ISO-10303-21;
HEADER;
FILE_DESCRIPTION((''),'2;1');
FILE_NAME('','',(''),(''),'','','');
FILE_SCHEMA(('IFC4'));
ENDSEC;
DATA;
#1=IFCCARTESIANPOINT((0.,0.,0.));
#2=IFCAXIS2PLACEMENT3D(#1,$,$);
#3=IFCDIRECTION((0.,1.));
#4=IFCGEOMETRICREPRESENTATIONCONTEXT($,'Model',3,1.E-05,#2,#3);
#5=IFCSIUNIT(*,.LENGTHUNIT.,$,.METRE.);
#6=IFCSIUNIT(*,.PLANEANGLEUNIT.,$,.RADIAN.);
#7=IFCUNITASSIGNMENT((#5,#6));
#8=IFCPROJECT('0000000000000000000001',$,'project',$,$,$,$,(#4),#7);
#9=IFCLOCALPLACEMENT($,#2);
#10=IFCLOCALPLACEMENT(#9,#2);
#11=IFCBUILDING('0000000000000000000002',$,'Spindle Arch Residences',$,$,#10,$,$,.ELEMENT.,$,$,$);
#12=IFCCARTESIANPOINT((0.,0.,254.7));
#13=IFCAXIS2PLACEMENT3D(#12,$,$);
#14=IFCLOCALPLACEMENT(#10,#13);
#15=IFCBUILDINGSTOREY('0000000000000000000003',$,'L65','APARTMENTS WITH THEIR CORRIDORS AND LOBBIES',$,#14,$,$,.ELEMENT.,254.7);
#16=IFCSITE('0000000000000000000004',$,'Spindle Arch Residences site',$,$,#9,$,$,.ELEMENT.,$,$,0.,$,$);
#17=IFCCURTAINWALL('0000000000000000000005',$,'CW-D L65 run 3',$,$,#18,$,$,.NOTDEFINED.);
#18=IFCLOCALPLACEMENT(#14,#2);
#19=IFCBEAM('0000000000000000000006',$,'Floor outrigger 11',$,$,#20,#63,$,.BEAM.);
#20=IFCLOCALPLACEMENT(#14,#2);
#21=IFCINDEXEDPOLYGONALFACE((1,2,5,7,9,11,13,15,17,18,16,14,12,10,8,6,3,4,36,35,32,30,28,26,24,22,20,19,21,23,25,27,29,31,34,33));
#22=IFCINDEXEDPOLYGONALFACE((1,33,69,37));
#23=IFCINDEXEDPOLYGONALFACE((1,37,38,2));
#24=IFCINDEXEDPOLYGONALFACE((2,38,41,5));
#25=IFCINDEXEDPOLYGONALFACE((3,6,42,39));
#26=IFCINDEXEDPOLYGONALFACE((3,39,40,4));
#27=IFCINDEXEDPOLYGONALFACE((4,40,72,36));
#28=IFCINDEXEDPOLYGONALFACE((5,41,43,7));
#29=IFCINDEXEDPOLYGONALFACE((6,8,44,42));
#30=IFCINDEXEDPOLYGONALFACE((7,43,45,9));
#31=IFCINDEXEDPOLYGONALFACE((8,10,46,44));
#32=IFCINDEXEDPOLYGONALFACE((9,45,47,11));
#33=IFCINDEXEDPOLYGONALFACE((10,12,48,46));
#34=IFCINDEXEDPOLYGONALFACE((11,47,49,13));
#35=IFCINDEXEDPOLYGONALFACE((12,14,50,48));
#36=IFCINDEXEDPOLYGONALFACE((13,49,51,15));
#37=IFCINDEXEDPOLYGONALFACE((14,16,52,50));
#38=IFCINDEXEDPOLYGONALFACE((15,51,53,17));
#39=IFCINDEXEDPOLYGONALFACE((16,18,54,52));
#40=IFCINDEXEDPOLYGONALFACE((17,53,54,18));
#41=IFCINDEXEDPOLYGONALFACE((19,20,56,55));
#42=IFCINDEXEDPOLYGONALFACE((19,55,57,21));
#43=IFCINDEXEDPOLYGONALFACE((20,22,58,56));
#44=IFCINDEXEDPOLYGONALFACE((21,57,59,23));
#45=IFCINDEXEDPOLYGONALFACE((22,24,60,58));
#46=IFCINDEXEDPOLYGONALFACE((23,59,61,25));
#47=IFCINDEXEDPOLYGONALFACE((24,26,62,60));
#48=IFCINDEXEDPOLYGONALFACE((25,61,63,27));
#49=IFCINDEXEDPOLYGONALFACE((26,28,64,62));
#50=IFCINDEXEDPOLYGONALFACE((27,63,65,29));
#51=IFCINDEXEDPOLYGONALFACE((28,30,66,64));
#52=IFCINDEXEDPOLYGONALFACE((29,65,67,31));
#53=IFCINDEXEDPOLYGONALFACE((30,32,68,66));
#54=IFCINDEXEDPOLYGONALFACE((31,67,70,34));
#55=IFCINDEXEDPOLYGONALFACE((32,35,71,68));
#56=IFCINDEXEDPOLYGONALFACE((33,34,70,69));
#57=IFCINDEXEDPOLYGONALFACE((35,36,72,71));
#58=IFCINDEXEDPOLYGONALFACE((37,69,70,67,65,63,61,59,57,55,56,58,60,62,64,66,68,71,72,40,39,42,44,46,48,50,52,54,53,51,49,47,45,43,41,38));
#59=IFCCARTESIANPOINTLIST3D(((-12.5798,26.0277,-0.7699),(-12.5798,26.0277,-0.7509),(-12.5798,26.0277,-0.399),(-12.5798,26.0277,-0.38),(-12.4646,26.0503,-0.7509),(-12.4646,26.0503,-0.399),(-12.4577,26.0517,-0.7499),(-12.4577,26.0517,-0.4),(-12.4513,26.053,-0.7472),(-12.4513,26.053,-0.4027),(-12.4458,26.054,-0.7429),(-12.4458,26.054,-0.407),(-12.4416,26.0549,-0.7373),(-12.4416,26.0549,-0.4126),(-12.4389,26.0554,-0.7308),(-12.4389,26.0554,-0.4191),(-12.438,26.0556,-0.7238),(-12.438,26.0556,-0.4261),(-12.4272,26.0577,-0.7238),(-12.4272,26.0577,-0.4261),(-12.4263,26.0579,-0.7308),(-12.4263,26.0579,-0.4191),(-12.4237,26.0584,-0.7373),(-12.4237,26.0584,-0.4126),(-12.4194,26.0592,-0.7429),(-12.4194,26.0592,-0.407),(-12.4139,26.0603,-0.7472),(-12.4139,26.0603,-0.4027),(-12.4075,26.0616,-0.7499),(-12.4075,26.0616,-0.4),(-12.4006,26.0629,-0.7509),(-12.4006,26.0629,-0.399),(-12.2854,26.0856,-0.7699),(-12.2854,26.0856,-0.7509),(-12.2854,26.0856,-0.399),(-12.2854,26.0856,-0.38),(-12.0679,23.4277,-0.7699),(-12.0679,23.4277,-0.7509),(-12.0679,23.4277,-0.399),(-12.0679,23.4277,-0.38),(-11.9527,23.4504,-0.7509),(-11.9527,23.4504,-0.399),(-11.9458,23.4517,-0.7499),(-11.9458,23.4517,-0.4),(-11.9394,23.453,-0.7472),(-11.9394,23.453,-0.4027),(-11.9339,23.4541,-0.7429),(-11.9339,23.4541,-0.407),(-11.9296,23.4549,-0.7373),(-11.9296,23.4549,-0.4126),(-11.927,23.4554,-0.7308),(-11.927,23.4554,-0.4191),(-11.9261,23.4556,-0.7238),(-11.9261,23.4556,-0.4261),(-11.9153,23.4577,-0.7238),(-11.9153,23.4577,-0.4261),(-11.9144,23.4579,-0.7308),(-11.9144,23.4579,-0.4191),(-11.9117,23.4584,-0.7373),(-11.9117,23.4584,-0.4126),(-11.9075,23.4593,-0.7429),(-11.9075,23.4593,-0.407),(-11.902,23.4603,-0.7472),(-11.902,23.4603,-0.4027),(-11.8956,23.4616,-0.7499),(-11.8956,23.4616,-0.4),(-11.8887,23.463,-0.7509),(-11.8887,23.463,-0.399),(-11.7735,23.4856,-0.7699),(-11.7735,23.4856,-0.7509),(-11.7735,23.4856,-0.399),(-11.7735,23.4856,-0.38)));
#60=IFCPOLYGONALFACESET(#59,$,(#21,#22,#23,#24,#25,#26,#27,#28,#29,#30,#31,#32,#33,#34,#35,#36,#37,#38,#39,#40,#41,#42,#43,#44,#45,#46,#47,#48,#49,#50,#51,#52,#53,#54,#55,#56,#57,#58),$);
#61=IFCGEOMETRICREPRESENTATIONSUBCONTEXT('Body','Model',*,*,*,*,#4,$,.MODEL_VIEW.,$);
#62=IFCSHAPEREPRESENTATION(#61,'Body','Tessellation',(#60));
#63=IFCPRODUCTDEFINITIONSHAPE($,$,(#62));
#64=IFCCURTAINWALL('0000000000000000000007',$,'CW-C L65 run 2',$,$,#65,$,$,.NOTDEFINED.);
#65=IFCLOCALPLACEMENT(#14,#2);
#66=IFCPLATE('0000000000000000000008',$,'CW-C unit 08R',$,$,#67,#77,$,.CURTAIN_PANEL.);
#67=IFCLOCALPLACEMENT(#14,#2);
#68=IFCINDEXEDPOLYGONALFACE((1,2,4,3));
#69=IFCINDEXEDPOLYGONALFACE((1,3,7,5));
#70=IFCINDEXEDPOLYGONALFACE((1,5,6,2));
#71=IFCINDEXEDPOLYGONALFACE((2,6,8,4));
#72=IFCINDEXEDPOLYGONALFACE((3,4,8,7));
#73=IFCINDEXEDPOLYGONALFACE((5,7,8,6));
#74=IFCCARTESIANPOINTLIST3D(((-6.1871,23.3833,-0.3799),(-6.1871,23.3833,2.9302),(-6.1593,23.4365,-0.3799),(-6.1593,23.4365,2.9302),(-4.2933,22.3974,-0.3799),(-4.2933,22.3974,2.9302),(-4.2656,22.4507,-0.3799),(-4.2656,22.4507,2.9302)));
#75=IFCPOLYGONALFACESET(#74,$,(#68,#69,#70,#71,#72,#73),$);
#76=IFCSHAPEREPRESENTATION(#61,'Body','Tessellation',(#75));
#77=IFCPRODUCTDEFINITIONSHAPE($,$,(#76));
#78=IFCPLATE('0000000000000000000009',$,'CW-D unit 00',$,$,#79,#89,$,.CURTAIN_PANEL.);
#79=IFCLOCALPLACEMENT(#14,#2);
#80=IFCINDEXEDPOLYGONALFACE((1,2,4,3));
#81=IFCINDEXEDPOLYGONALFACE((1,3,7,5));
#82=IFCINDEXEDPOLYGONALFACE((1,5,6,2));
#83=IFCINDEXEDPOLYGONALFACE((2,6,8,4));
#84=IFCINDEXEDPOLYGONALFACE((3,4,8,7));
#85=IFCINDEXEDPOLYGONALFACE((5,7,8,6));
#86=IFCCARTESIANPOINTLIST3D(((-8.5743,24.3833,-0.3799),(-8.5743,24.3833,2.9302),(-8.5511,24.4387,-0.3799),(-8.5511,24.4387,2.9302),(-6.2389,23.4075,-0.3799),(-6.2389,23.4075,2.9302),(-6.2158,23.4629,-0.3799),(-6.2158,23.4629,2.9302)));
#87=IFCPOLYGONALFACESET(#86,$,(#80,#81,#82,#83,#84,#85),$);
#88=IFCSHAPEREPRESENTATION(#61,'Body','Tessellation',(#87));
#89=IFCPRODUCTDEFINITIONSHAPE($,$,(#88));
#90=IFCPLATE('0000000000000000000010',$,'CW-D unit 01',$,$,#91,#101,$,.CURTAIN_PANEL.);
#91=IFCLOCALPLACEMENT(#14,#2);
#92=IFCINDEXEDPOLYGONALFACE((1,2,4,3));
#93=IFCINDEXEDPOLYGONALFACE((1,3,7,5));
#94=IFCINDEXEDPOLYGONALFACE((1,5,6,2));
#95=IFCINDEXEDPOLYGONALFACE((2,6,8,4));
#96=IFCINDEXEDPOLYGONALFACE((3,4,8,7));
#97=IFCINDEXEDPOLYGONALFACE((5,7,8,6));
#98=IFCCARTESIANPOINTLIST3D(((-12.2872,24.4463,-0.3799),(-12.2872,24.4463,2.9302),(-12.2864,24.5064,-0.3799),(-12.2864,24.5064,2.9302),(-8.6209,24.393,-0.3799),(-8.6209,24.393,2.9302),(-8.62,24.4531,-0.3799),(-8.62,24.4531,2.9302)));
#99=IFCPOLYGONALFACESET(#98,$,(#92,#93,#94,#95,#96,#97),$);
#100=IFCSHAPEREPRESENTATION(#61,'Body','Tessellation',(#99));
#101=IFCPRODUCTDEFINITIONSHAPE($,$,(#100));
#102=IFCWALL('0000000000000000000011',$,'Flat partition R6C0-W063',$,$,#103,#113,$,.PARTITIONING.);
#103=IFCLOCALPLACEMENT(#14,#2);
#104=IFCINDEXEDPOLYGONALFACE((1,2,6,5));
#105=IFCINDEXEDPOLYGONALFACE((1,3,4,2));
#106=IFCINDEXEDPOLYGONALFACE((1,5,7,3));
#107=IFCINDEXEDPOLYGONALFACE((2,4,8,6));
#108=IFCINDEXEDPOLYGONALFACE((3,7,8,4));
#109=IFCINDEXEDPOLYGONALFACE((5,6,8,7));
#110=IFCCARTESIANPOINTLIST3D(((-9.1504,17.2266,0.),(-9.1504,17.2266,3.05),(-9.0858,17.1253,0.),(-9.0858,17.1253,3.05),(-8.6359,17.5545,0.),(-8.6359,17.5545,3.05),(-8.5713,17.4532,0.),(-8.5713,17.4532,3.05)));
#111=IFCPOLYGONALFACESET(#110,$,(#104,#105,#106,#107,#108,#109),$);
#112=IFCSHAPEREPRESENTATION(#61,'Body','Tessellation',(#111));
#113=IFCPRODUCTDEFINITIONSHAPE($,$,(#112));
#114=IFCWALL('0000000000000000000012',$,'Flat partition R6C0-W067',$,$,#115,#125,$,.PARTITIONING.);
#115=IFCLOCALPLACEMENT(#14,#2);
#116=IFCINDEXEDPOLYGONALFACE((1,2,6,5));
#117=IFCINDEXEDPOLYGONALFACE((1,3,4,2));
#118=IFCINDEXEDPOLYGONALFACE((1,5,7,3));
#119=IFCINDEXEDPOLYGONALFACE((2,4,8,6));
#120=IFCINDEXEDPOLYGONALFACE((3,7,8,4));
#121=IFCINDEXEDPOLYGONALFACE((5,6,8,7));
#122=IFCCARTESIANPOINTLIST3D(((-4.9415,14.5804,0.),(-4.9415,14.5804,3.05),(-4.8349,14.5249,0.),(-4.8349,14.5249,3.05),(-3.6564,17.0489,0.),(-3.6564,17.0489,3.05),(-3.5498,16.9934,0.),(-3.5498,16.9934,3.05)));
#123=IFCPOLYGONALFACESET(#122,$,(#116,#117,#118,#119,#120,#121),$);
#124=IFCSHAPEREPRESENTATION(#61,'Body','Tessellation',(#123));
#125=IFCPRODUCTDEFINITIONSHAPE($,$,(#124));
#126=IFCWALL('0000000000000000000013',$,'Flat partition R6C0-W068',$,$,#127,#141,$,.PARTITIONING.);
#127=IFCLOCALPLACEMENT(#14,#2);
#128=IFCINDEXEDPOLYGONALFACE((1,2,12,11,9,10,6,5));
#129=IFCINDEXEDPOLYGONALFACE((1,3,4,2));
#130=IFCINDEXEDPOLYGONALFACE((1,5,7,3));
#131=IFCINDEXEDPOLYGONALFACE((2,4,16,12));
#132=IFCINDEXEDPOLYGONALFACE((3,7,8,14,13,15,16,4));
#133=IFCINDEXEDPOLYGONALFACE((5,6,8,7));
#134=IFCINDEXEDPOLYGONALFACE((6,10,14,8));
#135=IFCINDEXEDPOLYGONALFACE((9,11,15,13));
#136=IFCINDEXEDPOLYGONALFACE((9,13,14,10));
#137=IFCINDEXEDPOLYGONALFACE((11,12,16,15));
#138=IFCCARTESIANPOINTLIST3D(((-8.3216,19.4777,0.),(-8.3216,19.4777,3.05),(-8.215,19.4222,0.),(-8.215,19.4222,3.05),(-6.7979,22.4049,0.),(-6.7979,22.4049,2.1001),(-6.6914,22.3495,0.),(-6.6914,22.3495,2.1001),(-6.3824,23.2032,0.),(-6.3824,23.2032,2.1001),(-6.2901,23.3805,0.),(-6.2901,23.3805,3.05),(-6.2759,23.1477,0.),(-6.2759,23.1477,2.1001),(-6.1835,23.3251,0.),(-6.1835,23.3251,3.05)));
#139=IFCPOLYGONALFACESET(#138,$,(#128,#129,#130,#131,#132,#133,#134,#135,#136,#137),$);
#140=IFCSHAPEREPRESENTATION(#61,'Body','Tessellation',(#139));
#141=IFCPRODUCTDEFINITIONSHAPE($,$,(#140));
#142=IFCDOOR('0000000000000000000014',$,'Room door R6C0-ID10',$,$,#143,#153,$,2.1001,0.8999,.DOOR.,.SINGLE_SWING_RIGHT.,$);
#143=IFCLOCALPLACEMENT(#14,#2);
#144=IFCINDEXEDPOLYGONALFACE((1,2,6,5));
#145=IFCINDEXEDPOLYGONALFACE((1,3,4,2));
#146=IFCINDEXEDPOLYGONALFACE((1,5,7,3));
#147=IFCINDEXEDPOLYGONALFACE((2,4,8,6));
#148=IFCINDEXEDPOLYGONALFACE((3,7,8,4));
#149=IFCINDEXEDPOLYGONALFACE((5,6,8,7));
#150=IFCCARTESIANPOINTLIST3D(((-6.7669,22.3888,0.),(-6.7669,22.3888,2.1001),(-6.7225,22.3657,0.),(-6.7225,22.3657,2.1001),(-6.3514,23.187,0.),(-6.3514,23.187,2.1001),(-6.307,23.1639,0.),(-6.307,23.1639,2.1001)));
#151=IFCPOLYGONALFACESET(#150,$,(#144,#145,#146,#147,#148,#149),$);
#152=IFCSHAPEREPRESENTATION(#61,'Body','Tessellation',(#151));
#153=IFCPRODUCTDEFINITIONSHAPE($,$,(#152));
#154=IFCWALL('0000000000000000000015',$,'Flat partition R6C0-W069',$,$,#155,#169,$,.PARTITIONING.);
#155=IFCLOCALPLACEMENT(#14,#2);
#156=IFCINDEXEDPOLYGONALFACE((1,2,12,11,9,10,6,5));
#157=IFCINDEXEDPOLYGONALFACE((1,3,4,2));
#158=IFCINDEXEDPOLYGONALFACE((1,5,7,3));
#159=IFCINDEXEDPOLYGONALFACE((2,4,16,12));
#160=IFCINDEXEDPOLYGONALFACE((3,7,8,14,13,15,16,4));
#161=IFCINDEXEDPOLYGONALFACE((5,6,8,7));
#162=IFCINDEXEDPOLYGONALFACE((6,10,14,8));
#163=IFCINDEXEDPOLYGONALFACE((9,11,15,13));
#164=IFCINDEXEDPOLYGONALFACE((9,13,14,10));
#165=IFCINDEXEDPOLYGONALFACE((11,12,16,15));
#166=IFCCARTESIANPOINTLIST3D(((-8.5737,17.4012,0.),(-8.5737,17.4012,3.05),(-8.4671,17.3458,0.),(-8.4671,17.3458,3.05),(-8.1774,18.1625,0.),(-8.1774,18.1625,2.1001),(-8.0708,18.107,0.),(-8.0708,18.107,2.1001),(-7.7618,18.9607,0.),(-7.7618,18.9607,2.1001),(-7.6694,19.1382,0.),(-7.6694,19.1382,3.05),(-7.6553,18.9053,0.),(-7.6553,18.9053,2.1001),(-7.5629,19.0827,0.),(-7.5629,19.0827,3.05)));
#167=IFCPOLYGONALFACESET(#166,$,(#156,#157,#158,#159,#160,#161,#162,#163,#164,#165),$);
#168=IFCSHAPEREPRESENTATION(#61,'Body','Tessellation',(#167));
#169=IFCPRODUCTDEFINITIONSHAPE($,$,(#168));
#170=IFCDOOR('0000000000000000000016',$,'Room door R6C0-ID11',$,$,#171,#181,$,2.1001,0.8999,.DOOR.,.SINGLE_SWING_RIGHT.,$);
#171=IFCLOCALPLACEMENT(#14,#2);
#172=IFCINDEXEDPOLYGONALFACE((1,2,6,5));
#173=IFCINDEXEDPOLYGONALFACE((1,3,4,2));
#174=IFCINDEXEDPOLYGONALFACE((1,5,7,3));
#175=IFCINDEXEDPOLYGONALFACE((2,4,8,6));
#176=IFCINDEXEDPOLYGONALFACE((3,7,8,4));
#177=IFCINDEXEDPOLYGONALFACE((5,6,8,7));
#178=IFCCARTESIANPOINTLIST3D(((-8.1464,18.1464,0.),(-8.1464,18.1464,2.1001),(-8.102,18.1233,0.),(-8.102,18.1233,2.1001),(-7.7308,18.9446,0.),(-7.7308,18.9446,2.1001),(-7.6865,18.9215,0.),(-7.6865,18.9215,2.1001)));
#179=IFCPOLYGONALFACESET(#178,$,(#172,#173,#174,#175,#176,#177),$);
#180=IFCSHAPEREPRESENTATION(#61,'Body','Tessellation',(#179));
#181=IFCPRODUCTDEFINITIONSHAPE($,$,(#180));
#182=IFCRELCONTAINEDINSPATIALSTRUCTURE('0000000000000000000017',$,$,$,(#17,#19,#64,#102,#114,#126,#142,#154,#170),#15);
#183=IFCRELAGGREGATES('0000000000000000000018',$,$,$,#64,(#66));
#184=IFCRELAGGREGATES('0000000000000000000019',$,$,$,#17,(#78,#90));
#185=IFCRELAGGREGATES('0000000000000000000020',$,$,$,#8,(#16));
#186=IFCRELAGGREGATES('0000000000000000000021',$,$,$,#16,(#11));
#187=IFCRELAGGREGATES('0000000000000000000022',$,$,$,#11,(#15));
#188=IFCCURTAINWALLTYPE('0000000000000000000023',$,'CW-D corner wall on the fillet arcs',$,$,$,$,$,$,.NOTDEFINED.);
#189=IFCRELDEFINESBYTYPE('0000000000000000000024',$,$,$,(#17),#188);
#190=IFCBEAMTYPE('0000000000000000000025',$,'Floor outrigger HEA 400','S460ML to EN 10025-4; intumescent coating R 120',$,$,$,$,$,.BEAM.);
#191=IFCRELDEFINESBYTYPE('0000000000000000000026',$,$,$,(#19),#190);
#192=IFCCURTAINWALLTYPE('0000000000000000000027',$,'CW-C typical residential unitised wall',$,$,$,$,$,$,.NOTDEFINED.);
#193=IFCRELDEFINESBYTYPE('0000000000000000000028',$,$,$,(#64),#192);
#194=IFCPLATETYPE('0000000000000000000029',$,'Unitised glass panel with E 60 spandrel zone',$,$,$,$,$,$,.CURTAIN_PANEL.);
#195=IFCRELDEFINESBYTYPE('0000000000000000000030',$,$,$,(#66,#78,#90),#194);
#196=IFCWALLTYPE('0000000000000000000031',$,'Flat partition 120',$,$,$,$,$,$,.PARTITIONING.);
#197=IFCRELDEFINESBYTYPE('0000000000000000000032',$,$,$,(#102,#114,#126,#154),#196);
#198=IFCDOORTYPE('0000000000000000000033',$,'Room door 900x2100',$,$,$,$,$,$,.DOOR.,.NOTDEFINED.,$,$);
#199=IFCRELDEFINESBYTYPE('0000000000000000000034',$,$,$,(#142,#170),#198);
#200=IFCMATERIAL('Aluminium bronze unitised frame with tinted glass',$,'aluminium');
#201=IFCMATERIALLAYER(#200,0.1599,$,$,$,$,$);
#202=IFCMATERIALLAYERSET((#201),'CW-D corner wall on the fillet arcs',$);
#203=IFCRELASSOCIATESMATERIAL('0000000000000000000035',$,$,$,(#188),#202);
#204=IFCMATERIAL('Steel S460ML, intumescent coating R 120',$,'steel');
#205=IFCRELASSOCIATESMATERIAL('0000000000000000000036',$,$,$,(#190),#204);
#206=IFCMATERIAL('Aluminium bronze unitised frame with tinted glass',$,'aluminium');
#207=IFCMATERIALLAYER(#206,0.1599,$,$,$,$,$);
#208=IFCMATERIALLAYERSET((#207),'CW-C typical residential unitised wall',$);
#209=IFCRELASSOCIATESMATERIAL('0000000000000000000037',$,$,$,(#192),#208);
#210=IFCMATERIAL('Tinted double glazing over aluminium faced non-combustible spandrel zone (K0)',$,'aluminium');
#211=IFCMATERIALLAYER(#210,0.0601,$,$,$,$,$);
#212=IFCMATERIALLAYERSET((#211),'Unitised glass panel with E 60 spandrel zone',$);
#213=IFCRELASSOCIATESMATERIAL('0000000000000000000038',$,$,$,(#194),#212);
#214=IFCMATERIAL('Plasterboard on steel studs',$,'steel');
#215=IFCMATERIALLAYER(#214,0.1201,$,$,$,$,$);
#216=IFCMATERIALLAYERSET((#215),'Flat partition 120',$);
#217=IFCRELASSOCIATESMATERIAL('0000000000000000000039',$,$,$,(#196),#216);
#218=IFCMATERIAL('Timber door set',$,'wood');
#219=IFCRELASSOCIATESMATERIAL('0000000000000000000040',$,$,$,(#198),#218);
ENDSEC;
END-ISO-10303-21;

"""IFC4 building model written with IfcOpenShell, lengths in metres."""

from ifc_helpers import new_model, si_unit, direction, frame, frame_2d, origin, origin_2d, place, context, subcontext, project, spatial, rectangle, i_section, extrude, material, layer, layer_set, material_profile, profile_set, type_object, element, fill, aggregate, save


model = new_model("IFC4")

# Units and contexts
model_context = context("Model", 3, precision=1e-05, world=origin(), true_north=direction((0.0, 1.0)))
body_context = subcontext(model_context, "Body", "Model", "MODEL_VIEW")
ifc_project = project(units=[si_unit("LENGTHUNIT", "METRE"), si_unit("PLANEANGLEUNIT", "RADIAN")], contexts=[model_context])

# Site, building, storey
site_placement = place(None, origin())
site = spatial("IfcSite", under=ifc_project, at=site_placement, Name="Spindle Arch Residences site", CompositionType="ELEMENT", RefElevation=0.0)
building_placement = place(site_placement, origin())
building = spatial("IfcBuilding", under=site, at=building_placement, Name="Spindle Arch Residences", CompositionType="ELEMENT")
storey_placement = place(building_placement, frame((0.0, 0.0, 254.7)))
storey = spatial("IfcBuildingStorey", under=building, at=storey_placement, Name="L65", Description="APARTMENTS WITH THEIR CORRIDORS AND LOBBIES", CompositionType="ELEMENT", Elevation=254.7)

# Curtain wall
ifc_material_1 = material(Name="Aluminium bronze unitised frame with tinted glass", Category="aluminium")
ifc_layer_1 = layer(ifc_material_1, 0.1599)
ifc_layer_set_1 = layer_set([ifc_layer_1], Name="CW-D corner wall on the fillet arcs")
curtain_wall_type_1 = type_object("IfcCurtainWallType", Name="CW-D corner wall on the fillet arcs", PredefinedType="NOTDEFINED", material=ifc_layer_set_1)
curtain_wall_1_placement = place(storey_placement, origin())
curtain_wall_1 = element("IfcCurtainWall", 1, at=curtain_wall_1_placement, inside=storey, type_object=curtain_wall_type_1, Name="CW-D L65 run 3", PredefinedType="NOTDEFINED")

# Beam
ifc_material_2 = material(Name="Steel S460ML, intumescent coating R 120", Category="steel")
ifc_material_profile_1 = material_profile(ifc_material_2, i_section(OverallWidth=0.3, OverallDepth=0.3899, WebThickness=0.011, FlangeThickness=0.019, FilletRadius=0.0271, at=origin_2d()), Name="HEA 400")
ifc_profile_set_1 = profile_set([ifc_material_profile_1], Name="Steel S460ML, intumescent coating R 120")
beam_type_1 = type_object("IfcBeamType", Name="Floor outrigger HEA 400", Description="S460ML to EN 10025-4; intumescent coating R 120", PredefinedType="BEAM", material=ifc_profile_set_1)
beam_1_placement = place(storey_placement, frame((-12.4326, 26.0566, -0.575), z_axis=(0.193192, -0.981161, 0.0), x_axis=(0.981161, 0.193192, 0.0)))
element("IfcBeam", 2, at=beam_1_placement, inside=storey, type_object=beam_type_1, Name="Floor outrigger 11", PredefinedType="BEAM", context=body_context, shape_type="SweptSolid", body=[
    extrude(i_section(OverallWidth=0.3, OverallDepth=0.3899, WebThickness=0.011, FlangeThickness=0.019, FilletRadius=0.0271, at=origin_2d()), origin(), (0.0, 0.0, 1.0), 2.6499),
])

# Curtain wall, plate
ifc_material_3 = material(Name="Aluminium bronze unitised frame with tinted glass", Category="aluminium")
ifc_layer_2 = layer(ifc_material_3, 0.1599)
ifc_layer_set_2 = layer_set([ifc_layer_2], Name="CW-C typical residential unitised wall")
curtain_wall_type_2 = type_object("IfcCurtainWallType", Name="CW-C typical residential unitised wall", PredefinedType="NOTDEFINED", material=ifc_layer_set_2)
curtain_wall_2_placement = place(storey_placement, origin())
curtain_wall_2 = element("IfcCurtainWall", 3, at=curtain_wall_2_placement, inside=storey, type_object=curtain_wall_type_2, Name="CW-C L65 run 2", PredefinedType="NOTDEFINED")
ifc_material_4 = material(Name="Tinted double glazing over aluminium faced non-combustible spandrel zone (K0)", Category="aluminium")
ifc_layer_3 = layer(ifc_material_4, 0.0601)
ifc_layer_set_3 = layer_set([ifc_layer_3], Name="Unitised glass panel with E 60 spandrel zone")
plate_type = type_object("IfcPlateType", Name="Unitised glass panel with E 60 spandrel zone", PredefinedType="CURTAIN_PANEL", material=ifc_layer_set_3)
plate_1_placement = place(storey_placement, frame((-5.2263, 22.917, -0.3799), z_axis=(0.0, 0.0, 1.0), x_axis=(-0.887011, 0.461749, 0.0)))
plate_1 = element("IfcPlate", 4, at=plate_1_placement, type_object=plate_type, Name="CW-C unit 08R", PredefinedType="CURTAIN_PANEL", context=body_context, shape_type="SweptSolid", body=[
    extrude(rectangle(XDim=2.135, YDim=0.0601, at=origin_2d()), origin(), (0.0, 0.0, 1.0), 3.3101),
])
aggregate(curtain_wall_2, [plate_1])

# Plates
plate_2_placement = place(storey_placement, frame((-7.395, 23.9231, -0.3799), z_axis=(0.0, 0.0, 1.0), x_axis=(-0.922686, 0.385552, 0.0)))
plate_2 = element("IfcPlate", 5, at=plate_2_placement, type_object=plate_type, Name="CW-D unit 00", PredefinedType="CURTAIN_PANEL", context=body_context, shape_type="SweptSolid", body=[
    extrude(rectangle(XDim=2.531, YDim=0.0601, at=origin_2d()), origin(), (0.0, 0.0, 1.0), 3.3101),
])
plate_3_placement = place(storey_placement, frame((-10.4536, 24.4497, -0.3799), z_axis=(0.0, 0.0, 1.0), x_axis=(-0.999894, 0.014544, 0.0)))
plate_3 = element("IfcPlate", 6, at=plate_3_placement, type_object=plate_type, Name="CW-D unit 01", PredefinedType="CURTAIN_PANEL", context=body_context, shape_type="SweptSolid", body=[
    extrude(rectangle(XDim=3.6667, YDim=0.0601, at=origin_2d()), origin(), (0.0, 0.0, 1.0), 3.3101),
])
aggregate(curtain_wall_1, [plate_2, plate_3])

# Walls
ifc_material_5 = material(Name="Plasterboard on steel studs", Category="steel")
ifc_layer_4 = layer(ifc_material_5, 0.1201)
ifc_layer_set_4 = layer_set([ifc_layer_4], Name="Flat partition 120")
wall_type = type_object("IfcWallType", Name="Flat partition 120", PredefinedType="PARTITIONING", material=ifc_layer_set_4)
wall_1_placement = place(storey_placement, frame((-8.6035, 17.5039, 0.0), z_axis=(0.0, 0.0, 1.0), x_axis=(-0.843266, -0.537497, 0.0)))
element("IfcWall", 7, at=wall_1_placement, inside=storey, type_object=wall_type, Name="Flat partition R6C0-W063", PredefinedType="PARTITIONING", context=body_context, shape_type="SweptSolid", body=[
    extrude(rectangle(XDim=0.6101, YDim=0.1201, at=frame_2d((0.3052, 0.0))), origin(), (0.0, 0.0, 1.0), 3.05),
])
wall_2_placement = place(storey_placement, frame((-3.603, 17.0212, 0.0), z_axis=(0.0, 0.0, 1.0), x_axis=(-0.461786, -0.886991, 0.0)))
element("IfcWall", 8, at=wall_2_placement, inside=storey, type_object=wall_type, Name="Flat partition R6C0-W067", PredefinedType="PARTITIONING", context=body_context, shape_type="SweptSolid", body=[
    extrude(rectangle(XDim=2.783, YDim=0.1201, at=frame_2d((1.3916, 0.0))), origin(), (0.0, 0.0, 1.0), 3.05),
])

# Walls, openings, doors
wall_3_placement = place(storey_placement, frame((-6.2368, 23.3528, 0.0), z_axis=(0.0, 0.0, 1.0), x_axis=(-0.461714, -0.887029, 0.0)))
wall_3 = element("IfcWall", 9, at=wall_3_placement, inside=storey, type_object=wall_type, Name="Flat partition R6C0-W068", PredefinedType="PARTITIONING", context=body_context, shape_type="SweptSolid", body=[
    extrude(rectangle(XDim=4.3999, YDim=0.1201, at=frame_2d((2.2, 0.0))), origin(), (0.0, 0.0, 1.0), 3.05),
])
opening_1_placement = place(wall_3_placement, frame((0.2, 0.0, 0.0)))
opening_1 = element("IfcOpeningElement", 10, at=opening_1_placement, cuts=wall_3, PredefinedType="OPENING", context=body_context, shape_type="SweptSolid", body=[
    extrude(rectangle(XDim=0.8999, YDim=2.1001, at=frame_2d((0.45, 1.05))), frame((0.0, 0.0701, 0.0), z_axis=(0.0, -1.0, 0.0), x_axis=(1.0, 0.0, 0.0)), (0.0, 0.0, 1.0), 0.1401),
])
ifc_material_6 = material(Name="Timber door set", Category="wood")
door_type = type_object("IfcDoorType", Name="Room door 900x2100", OperationType="NOTDEFINED", PredefinedType="DOOR", material=ifc_material_6)
door_1_placement = place(opening_1_placement, origin())
door_1 = element("IfcDoor", 11, at=door_1_placement, inside=storey, type_object=door_type, Name="Room door R6C0-ID10", OperationType="SINGLE_SWING_RIGHT", OverallHeight=2.1001, OverallWidth=0.8999, PredefinedType="DOOR", context=body_context, shape_type="SweptSolid", body=[
    extrude(rectangle(XDim=0.8999, YDim=2.1001, at=frame_2d((0.45, 1.05))), frame((0.0, 0.0249, 0.0), z_axis=(0.0, -1.0, 0.0), x_axis=(1.0, 0.0, 0.0)), (0.0, 0.0, 1.0), 0.05),
])
fill(opening_1, door_1)
wall_4_placement = place(storey_placement, frame((-7.6162, 19.1104, 0.0), z_axis=(0.0, 0.0, 1.0), x_axis=(-0.461765, -0.887002, 0.0)))
wall_4 = element("IfcWall", 12, at=wall_4_placement, inside=storey, type_object=wall_type, Name="Flat partition R6C0-W069", PredefinedType="PARTITIONING", context=body_context, shape_type="SweptSolid", body=[
    extrude(rectangle(XDim=1.9583, YDim=0.1201, at=frame_2d((0.979, 0.0))), origin(), (0.0, 0.0, 1.0), 3.05),
])
opening_2_placement = place(wall_4_placement, frame((0.2, 0.0, 0.0)))
opening_2 = element("IfcOpeningElement", 13, at=opening_2_placement, cuts=wall_4, PredefinedType="OPENING", context=body_context, shape_type="SweptSolid", body=[
    extrude(rectangle(XDim=0.8999, YDim=2.1001, at=frame_2d((0.45, 1.05))), frame((0.0, 0.0701, 0.0), z_axis=(0.0, -1.0, 0.0), x_axis=(1.0, 0.0, 0.0)), (0.0, 0.0, 1.0), 0.1401),
])
door_2_placement = place(opening_2_placement, origin())
door_2 = element("IfcDoor", 14, at=door_2_placement, inside=storey, type_object=door_type, Name="Room door R6C0-ID11", OperationType="SINGLE_SWING_RIGHT", OverallHeight=2.1001, OverallWidth=0.8999, PredefinedType="DOOR", context=body_context, shape_type="SweptSolid", body=[
    extrude(rectangle(XDim=0.8999, YDim=2.1001, at=frame_2d((0.45, 1.05))), frame((0.0, 0.0249, 0.0), z_axis=(0.0, -1.0, 0.0), x_axis=(1.0, 0.0, 0.0)), (0.0, 0.0, 1.0), 0.05),
])
fill(opening_2, door_2)

save(model, "model.ifc")
